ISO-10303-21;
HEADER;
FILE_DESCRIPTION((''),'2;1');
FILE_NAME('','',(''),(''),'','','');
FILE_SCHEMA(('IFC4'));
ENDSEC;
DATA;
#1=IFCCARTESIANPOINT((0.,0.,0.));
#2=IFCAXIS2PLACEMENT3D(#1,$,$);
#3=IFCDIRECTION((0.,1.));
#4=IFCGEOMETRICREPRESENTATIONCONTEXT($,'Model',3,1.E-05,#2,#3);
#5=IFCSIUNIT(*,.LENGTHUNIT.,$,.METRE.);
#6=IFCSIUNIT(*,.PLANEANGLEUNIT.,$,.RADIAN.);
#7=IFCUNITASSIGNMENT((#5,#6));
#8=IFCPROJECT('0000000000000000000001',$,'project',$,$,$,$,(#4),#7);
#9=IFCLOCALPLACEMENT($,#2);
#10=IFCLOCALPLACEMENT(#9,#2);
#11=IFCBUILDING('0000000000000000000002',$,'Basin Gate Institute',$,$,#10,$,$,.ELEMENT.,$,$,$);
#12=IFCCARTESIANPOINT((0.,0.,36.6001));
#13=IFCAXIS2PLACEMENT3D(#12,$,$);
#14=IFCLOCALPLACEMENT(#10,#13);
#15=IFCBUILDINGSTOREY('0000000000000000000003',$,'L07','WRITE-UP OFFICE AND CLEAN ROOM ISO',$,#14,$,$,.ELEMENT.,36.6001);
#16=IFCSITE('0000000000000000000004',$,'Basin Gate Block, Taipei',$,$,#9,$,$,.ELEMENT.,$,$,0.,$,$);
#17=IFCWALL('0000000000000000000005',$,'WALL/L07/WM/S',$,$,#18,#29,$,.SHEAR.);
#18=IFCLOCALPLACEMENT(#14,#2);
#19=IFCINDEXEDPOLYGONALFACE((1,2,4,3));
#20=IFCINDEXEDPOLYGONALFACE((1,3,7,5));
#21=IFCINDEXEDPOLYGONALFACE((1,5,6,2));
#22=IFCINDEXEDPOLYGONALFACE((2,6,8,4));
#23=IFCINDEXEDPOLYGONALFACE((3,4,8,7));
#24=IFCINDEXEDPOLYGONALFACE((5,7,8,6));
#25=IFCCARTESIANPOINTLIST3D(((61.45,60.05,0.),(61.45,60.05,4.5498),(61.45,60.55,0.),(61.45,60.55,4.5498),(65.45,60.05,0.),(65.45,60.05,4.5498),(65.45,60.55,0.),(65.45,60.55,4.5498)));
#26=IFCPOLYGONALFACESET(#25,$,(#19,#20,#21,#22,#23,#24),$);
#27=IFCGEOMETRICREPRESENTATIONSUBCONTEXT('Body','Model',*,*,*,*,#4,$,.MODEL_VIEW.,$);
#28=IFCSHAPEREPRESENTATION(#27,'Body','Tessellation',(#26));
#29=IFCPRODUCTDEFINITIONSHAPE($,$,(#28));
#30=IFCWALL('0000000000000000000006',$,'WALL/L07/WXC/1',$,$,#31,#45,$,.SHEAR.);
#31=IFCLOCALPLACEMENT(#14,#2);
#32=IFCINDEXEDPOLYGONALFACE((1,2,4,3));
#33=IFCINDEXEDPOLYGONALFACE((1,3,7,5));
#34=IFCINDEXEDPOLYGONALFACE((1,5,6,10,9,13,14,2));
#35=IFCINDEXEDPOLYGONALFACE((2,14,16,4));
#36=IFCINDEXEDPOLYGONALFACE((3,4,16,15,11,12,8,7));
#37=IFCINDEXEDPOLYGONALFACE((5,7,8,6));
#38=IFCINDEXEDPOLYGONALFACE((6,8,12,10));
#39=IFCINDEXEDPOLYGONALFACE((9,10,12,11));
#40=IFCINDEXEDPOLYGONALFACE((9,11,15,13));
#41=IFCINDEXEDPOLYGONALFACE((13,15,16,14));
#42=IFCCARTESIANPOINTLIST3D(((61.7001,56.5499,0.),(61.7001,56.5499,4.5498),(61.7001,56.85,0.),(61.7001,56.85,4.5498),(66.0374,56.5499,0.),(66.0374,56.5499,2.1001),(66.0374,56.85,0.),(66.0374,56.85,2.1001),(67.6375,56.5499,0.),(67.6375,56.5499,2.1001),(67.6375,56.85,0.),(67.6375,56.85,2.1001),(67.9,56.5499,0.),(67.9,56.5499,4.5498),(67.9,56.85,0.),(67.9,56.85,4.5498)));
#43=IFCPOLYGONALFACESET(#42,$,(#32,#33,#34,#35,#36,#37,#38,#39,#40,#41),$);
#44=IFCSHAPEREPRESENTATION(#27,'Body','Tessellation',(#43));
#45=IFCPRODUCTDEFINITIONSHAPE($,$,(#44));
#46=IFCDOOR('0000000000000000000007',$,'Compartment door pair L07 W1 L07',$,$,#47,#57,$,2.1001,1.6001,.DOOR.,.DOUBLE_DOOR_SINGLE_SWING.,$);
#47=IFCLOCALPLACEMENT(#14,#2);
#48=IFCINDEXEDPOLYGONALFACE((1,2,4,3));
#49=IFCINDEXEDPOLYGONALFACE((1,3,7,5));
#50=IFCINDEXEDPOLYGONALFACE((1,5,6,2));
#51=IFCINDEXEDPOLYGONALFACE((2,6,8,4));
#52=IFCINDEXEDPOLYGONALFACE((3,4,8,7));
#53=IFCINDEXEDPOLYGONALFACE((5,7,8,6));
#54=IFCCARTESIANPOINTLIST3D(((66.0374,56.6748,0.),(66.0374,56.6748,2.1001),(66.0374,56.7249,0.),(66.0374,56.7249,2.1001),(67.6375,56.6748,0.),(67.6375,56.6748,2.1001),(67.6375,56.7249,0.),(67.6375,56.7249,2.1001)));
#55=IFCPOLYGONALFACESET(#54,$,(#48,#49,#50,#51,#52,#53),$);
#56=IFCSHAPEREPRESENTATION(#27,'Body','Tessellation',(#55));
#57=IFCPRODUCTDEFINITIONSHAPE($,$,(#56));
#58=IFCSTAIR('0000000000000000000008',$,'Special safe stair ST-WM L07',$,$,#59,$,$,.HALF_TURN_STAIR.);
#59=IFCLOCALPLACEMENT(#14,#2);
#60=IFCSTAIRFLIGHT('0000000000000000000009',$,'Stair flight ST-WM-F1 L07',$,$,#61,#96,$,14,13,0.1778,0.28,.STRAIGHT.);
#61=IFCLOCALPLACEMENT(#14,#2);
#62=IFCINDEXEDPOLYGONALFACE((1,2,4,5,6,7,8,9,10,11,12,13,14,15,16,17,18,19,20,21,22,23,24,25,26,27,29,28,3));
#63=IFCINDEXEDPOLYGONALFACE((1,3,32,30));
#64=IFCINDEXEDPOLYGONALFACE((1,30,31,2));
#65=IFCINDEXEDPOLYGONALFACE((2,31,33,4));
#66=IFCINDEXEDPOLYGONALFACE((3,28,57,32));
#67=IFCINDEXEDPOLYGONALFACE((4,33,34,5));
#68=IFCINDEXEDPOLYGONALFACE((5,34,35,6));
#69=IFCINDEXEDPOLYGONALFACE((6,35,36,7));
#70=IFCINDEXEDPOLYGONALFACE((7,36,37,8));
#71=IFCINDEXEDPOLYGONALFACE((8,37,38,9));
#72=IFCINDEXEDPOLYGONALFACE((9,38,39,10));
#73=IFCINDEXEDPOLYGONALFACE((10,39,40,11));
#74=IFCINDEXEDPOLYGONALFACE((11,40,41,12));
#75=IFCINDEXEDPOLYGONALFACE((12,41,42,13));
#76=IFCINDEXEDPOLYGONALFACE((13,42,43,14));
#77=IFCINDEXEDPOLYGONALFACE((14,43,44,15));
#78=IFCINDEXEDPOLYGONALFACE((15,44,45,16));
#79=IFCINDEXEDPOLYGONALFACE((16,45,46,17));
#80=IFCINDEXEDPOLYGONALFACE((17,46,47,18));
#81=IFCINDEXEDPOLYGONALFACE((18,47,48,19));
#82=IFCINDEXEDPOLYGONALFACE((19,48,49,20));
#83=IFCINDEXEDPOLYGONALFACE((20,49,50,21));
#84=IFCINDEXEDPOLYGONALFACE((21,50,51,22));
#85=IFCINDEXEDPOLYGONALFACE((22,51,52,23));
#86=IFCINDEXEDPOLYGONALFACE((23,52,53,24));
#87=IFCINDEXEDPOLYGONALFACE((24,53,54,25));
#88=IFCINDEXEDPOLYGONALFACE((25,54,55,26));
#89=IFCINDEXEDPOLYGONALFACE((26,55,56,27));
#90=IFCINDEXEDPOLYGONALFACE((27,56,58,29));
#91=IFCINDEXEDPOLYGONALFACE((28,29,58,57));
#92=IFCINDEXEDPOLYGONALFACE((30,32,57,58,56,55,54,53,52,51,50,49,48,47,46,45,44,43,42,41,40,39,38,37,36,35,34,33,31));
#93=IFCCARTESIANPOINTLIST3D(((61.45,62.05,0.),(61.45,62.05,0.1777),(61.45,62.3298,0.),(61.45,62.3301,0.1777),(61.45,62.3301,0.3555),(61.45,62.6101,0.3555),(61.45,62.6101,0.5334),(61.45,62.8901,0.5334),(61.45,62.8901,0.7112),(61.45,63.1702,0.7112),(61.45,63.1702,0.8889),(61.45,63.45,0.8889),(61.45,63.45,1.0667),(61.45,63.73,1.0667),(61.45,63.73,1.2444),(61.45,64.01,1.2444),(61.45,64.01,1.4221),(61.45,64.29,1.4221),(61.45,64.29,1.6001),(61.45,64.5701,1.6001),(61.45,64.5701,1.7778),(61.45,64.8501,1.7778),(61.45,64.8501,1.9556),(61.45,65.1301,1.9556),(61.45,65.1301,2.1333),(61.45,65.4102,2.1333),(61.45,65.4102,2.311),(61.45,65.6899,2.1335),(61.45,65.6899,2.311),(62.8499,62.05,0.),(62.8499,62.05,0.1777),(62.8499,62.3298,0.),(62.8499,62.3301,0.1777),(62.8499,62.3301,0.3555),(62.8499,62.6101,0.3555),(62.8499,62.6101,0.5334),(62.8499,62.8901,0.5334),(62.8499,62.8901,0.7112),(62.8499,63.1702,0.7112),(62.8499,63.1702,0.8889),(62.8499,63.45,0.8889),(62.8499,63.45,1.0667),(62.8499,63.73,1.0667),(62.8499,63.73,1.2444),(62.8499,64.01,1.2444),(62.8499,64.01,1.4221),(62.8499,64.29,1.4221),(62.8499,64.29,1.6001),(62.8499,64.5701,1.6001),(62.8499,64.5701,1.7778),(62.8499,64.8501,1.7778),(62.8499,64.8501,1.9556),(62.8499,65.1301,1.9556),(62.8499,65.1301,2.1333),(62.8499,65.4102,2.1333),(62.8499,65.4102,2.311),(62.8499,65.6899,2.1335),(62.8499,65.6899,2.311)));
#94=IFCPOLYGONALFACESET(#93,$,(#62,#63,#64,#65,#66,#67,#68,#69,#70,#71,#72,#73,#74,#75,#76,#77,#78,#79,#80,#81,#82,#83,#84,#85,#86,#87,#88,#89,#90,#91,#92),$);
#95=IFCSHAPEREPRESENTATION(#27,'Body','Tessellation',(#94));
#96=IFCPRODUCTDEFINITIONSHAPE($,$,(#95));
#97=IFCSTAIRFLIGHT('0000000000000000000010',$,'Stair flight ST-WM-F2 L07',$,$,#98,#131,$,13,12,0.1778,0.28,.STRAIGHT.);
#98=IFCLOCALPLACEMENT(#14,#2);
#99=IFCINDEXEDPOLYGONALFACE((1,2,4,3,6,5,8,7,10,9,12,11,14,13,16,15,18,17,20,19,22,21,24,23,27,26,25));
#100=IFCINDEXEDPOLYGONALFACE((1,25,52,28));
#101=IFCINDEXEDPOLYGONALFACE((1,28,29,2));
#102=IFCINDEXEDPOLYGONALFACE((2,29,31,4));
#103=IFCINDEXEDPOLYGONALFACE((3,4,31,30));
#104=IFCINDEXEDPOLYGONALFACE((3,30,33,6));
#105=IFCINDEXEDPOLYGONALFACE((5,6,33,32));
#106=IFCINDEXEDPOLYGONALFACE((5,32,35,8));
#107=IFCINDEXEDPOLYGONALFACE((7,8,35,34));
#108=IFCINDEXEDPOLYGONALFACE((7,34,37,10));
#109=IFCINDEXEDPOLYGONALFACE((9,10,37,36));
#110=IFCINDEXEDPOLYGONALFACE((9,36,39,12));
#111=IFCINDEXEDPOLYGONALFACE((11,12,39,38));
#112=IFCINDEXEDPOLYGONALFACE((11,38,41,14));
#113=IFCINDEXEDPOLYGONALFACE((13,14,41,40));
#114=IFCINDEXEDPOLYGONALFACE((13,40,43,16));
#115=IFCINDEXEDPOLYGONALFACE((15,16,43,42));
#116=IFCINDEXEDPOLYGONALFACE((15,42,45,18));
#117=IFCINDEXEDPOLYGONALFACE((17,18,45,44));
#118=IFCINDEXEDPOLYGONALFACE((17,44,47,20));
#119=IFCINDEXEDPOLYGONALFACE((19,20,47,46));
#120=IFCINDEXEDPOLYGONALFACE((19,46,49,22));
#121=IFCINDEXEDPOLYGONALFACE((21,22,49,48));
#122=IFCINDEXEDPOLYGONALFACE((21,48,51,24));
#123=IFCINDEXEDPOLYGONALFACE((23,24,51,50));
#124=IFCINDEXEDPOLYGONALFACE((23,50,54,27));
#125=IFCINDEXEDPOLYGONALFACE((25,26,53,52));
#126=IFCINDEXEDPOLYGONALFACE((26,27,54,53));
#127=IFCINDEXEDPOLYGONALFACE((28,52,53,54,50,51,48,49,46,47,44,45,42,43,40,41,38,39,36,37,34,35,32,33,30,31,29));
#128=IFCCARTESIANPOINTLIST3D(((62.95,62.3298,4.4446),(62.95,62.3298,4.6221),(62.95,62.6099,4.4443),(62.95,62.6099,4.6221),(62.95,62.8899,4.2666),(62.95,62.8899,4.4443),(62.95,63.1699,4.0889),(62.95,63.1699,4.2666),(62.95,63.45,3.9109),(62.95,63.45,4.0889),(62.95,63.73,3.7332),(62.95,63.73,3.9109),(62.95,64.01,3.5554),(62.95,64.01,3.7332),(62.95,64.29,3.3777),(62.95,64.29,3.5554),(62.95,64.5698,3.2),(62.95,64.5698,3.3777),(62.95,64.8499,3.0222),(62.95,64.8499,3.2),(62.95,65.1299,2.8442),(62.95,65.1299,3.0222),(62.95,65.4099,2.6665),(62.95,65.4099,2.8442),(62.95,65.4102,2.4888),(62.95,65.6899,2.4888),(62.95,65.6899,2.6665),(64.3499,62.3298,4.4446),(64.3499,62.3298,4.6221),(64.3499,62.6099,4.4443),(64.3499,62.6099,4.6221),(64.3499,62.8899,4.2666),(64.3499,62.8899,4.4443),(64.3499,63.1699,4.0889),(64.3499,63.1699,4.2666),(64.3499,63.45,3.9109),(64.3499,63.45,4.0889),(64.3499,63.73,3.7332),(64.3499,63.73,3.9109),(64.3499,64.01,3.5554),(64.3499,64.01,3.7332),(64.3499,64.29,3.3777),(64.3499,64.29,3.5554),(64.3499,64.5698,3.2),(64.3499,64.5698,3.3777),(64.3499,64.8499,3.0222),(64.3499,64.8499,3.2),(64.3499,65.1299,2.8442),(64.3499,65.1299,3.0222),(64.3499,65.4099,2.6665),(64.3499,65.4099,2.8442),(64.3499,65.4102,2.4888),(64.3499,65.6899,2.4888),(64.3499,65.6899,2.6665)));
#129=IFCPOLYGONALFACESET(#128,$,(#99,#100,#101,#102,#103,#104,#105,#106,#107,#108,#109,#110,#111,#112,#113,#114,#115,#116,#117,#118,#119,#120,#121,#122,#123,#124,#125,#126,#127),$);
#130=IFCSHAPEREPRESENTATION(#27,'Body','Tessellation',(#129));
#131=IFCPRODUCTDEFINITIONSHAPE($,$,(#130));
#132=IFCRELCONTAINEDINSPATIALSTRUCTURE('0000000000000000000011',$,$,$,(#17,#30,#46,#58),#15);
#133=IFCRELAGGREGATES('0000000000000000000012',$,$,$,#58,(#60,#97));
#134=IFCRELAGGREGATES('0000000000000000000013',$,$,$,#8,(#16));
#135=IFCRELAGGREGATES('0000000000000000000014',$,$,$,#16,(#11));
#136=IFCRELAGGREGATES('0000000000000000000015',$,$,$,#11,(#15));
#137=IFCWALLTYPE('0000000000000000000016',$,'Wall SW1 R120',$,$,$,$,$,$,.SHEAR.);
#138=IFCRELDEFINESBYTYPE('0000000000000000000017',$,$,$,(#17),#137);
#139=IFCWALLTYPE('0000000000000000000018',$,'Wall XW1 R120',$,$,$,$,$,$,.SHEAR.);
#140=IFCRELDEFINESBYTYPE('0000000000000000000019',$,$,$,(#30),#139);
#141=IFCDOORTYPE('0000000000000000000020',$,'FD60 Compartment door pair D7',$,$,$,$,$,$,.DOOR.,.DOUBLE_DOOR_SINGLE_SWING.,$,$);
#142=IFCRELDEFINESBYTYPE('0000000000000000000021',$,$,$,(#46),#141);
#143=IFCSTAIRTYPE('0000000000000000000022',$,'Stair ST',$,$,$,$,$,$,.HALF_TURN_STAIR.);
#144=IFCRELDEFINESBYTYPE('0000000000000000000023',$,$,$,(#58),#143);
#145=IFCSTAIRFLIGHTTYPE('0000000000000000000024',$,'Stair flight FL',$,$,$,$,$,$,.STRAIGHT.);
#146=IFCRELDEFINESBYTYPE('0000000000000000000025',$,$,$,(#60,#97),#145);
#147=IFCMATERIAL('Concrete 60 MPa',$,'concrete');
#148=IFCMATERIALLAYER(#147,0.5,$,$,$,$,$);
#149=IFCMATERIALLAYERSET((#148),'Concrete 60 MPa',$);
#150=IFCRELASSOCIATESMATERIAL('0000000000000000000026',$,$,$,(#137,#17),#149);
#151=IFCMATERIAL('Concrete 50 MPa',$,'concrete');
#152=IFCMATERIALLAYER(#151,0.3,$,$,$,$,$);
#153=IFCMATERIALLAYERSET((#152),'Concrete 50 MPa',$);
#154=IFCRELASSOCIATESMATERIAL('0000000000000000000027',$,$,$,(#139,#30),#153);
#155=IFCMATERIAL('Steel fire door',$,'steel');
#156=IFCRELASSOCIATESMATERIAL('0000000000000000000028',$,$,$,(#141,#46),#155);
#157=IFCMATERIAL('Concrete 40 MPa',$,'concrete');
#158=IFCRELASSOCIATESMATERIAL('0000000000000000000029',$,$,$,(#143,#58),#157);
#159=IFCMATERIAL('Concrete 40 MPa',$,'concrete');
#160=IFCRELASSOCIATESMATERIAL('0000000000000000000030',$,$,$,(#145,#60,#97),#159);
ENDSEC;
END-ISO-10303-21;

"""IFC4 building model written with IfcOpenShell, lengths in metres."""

from ifc_helpers import new_model, si_unit, direction, frame, frame_2d, origin, place, context, subcontext, project, spatial, polyline, rectangle, outline, extrude, material, layer, layer_set, type_object, element, fill, aggregate, save


model = new_model("IFC4")

# Units and contexts
model_context = context("Model", 3, precision=1e-05, world=origin(), true_north=direction((0.0, 1.0)))
body_context = subcontext(model_context, "Body", "Model", "MODEL_VIEW")
ifc_project = project(units=[si_unit("LENGTHUNIT", "METRE"), si_unit("PLANEANGLEUNIT", "RADIAN")], contexts=[model_context])

# Site, building, storey
site_placement = place(None, origin())
site = spatial("IfcSite", under=ifc_project, at=site_placement, Name="Basin Gate Block, Taipei", CompositionType="ELEMENT", RefElevation=0.0)
building_placement = place(site_placement, origin())
building = spatial("IfcBuilding", under=site, at=building_placement, Name="Basin Gate Institute", CompositionType="ELEMENT")
storey_placement = place(building_placement, frame((0.0, 0.0, 36.6001)))
storey = spatial("IfcBuildingStorey", under=building, at=storey_placement, Name="L07", Description="WRITE-UP OFFICE AND CLEAN ROOM ISO", CompositionType="ELEMENT", Elevation=36.6001)

# Shared definitions
ifc_material_1 = material(Name="Concrete 60 MPa", Category="concrete")
ifc_layer_1 = layer(ifc_material_1, 0.5)
ifc_layer_set_1 = layer_set([ifc_layer_1], Name="Concrete 60 MPa")
wall_type_1 = type_object("IfcWallType", Name="Wall SW1 R120", PredefinedType="SHEAR", material=ifc_layer_set_1)

# Wall
wall_1_placement = place(storey_placement, frame((61.45, 60.3, 0.0), z_axis=(0.0, 0.0, 1.0), x_axis=(1.0, 0.0, 0.0)))
element("IfcWall", 1, at=wall_1_placement, inside=storey, type_object=wall_type_1, material=ifc_layer_set_1, Name="WALL/L07/WM/S", PredefinedType="SHEAR", context=body_context, shape_type="SweptSolid", body=[
    extrude(rectangle(XDim=4.0, YDim=0.5, at=frame_2d((2.0, 0.0))), origin(), (0.0, 0.0, 1.0), 4.5498),
])

# Wall, opening, door
ifc_material_2 = material(Name="Concrete 50 MPa", Category="concrete")
ifc_layer_2 = layer(ifc_material_2, 0.3)
ifc_layer_set_2 = layer_set([ifc_layer_2], Name="Concrete 50 MPa")
wall_type_2 = type_object("IfcWallType", Name="Wall XW1 R120", PredefinedType="SHEAR", material=ifc_layer_set_2)
wall_2_placement = place(storey_placement, frame((61.7, 56.7, 0.0), z_axis=(0.0, 0.0, 1.0), x_axis=(1.0, 0.0, 0.0)))
wall_2 = element("IfcWall", 2, at=wall_2_placement, inside=storey, type_object=wall_type_2, material=ifc_layer_set_2, Name="WALL/L07/WXC/1", PredefinedType="SHEAR", context=body_context, shape_type="SweptSolid", body=[
    extrude(rectangle(XDim=6.2, YDim=0.3, at=frame_2d((3.1001, 0.0))), origin(), (0.0, 0.0, 1.0), 4.5498),
])
opening_1_placement = place(wall_2_placement, frame((4.3374, 0.0, 0.0)))
opening_1 = element("IfcOpeningElement", 3, at=opening_1_placement, cuts=wall_2, PredefinedType="OPENING", context=body_context, shape_type="SweptSolid", body=[
    extrude(rectangle(XDim=1.6001, YDim=2.1001, at=frame_2d((0.8, 1.05))), frame((0.0, 0.1602, 0.0), z_axis=(0.0, -1.0, 0.0), x_axis=(1.0, 0.0, 0.0)), (0.0, 0.0, 1.0), 0.3201),
])
ifc_material_3 = material(Name="Steel fire door", Category="steel")
door_type = type_object("IfcDoorType", Name="FD60 Compartment door pair D7", OperationType="DOUBLE_DOOR_SINGLE_SWING", PredefinedType="DOOR", material=ifc_material_3)
door_placement = place(opening_1_placement, origin())
door = element("IfcDoor", 4, at=door_placement, inside=storey, type_object=door_type, material=ifc_material_3, Name="Compartment door pair L07 W1 L07", OperationType="DOUBLE_DOOR_SINGLE_SWING", OverallHeight=2.1001, OverallWidth=1.6001, PredefinedType="DOOR", context=body_context, shape_type="SweptSolid", body=[
    extrude(rectangle(XDim=1.6001, YDim=2.1001, at=frame_2d((0.8, 1.05))), frame((0.0, 0.0249, 0.0), z_axis=(0.0, -1.0, 0.0), x_axis=(1.0, 0.0, 0.0)), (0.0, 0.0, 1.0), 0.05),
])
fill(opening_1, door)

# Stair, stair flights
ifc_material_4 = material(Name="Concrete 40 MPa", Category="concrete")
stair_type = type_object("IfcStairType", Name="Stair ST", PredefinedType="HALF_TURN_STAIR", material=ifc_material_4)
stair_placement = place(storey_placement, origin())
stair = element("IfcStair", 5, at=stair_placement, inside=storey, type_object=stair_type, material=ifc_material_4, Name="Special safe stair ST-WM L07", PredefinedType="HALF_TURN_STAIR")
ifc_material_5 = material(Name="Concrete 40 MPa", Category="concrete")
stair_flight_type = type_object("IfcStairFlightType", Name="Stair flight FL", PredefinedType="STRAIGHT", material=ifc_material_5)
stair_flight_1_placement = place(storey_placement, frame((62.1499, 62.05, 0.0), z_axis=(0.0, 0.0, 1.0), x_axis=(0.0, 1.0, 0.0)))
stair_flight_1 = element("IfcStairFlight", 6, at=stair_flight_1_placement, type_object=stair_flight_type, material=ifc_material_5, Name="Stair flight ST-WM-F1 L07", NumberOfRisers=14, NumberOfTreads=13, PredefinedType="STRAIGHT", RiserHeight=0.1778, TreadLength=0.28, context=body_context, shape_type="SweptSolid", body=[
    extrude(outline(polyline([(0.0, 0.0), (0.0, 0.1777), (0.28, 0.1777), (0.28, 0.3555), (0.5601, 0.3555), (0.5601, 0.5334), (0.8401, 0.5334), (0.8401, 0.7112), (1.1201, 0.7112), (1.1201, 0.8889), (1.3999, 0.8889), (1.3999, 1.0667), (1.6799, 1.0667), (1.6799, 1.2444), (1.96, 1.2444), (1.96, 1.4221), (2.24, 1.4221), (2.24, 1.6001), (2.52, 1.6001), (2.52, 1.7778), (2.8, 1.7778), (2.8, 1.9556), (3.0801, 1.9556), (3.0801, 2.1333), (3.3601, 2.1333), (3.3601, 2.311), (3.6399, 2.311), (3.6399, 2.4888), (3.6399, 2.1335), (0.2798, 0.0), (0.0, 0.0)])), frame((0.0, 0.7, 0.0), z_axis=(0.0, -1.0, 0.0), x_axis=(1.0, 0.0, 0.0)), (0.0, 0.0, 1.0), 1.3999),
])
stair_flight_2_placement = place(storey_placement, frame((63.6499, 65.6899, 2.4888), z_axis=(0.0, 0.0, 1.0), x_axis=(0.0, -1.0, 0.0)))
stair_flight_2 = element("IfcStairFlight", 7, at=stair_flight_2_placement, type_object=stair_flight_type, material=ifc_material_5, Name="Stair flight ST-WM-F2 L07", NumberOfRisers=13, NumberOfTreads=12, PredefinedType="STRAIGHT", RiserHeight=0.1778, TreadLength=0.28, context=body_context, shape_type="SweptSolid", body=[
    extrude(outline(polyline([(0.0, 0.0), (0.0, 0.1777), (0.28, 0.1777), (0.28, 0.3555), (0.5601, 0.3555), (0.5601, 0.5334), (0.8401, 0.5334), (0.8401, 0.7112), (1.1201, 0.7112), (1.1201, 0.8889), (1.3999, 0.8889), (1.3999, 1.0667), (1.6799, 1.0667), (1.6799, 1.2444), (1.96, 1.2444), (1.96, 1.4221), (2.24, 1.4221), (2.24, 1.6001), (2.52, 1.6001), (2.52, 1.7778), (2.8, 1.7778), (2.8, 1.9556), (3.0801, 1.9556), (3.0801, 2.1333), (3.3601, 2.1333), (3.3601, 2.311), (3.3601, 1.9558), (0.2798, 0.0), (0.0, 0.0)])), frame((0.0, 0.7, 0.0), z_axis=(0.0, -1.0, 0.0), x_axis=(1.0, 0.0, 0.0)), (0.0, 0.0, 1.0), 1.3999),
])
aggregate(stair, [stair_flight_1, stair_flight_2])

save(model, "model.ifc")
